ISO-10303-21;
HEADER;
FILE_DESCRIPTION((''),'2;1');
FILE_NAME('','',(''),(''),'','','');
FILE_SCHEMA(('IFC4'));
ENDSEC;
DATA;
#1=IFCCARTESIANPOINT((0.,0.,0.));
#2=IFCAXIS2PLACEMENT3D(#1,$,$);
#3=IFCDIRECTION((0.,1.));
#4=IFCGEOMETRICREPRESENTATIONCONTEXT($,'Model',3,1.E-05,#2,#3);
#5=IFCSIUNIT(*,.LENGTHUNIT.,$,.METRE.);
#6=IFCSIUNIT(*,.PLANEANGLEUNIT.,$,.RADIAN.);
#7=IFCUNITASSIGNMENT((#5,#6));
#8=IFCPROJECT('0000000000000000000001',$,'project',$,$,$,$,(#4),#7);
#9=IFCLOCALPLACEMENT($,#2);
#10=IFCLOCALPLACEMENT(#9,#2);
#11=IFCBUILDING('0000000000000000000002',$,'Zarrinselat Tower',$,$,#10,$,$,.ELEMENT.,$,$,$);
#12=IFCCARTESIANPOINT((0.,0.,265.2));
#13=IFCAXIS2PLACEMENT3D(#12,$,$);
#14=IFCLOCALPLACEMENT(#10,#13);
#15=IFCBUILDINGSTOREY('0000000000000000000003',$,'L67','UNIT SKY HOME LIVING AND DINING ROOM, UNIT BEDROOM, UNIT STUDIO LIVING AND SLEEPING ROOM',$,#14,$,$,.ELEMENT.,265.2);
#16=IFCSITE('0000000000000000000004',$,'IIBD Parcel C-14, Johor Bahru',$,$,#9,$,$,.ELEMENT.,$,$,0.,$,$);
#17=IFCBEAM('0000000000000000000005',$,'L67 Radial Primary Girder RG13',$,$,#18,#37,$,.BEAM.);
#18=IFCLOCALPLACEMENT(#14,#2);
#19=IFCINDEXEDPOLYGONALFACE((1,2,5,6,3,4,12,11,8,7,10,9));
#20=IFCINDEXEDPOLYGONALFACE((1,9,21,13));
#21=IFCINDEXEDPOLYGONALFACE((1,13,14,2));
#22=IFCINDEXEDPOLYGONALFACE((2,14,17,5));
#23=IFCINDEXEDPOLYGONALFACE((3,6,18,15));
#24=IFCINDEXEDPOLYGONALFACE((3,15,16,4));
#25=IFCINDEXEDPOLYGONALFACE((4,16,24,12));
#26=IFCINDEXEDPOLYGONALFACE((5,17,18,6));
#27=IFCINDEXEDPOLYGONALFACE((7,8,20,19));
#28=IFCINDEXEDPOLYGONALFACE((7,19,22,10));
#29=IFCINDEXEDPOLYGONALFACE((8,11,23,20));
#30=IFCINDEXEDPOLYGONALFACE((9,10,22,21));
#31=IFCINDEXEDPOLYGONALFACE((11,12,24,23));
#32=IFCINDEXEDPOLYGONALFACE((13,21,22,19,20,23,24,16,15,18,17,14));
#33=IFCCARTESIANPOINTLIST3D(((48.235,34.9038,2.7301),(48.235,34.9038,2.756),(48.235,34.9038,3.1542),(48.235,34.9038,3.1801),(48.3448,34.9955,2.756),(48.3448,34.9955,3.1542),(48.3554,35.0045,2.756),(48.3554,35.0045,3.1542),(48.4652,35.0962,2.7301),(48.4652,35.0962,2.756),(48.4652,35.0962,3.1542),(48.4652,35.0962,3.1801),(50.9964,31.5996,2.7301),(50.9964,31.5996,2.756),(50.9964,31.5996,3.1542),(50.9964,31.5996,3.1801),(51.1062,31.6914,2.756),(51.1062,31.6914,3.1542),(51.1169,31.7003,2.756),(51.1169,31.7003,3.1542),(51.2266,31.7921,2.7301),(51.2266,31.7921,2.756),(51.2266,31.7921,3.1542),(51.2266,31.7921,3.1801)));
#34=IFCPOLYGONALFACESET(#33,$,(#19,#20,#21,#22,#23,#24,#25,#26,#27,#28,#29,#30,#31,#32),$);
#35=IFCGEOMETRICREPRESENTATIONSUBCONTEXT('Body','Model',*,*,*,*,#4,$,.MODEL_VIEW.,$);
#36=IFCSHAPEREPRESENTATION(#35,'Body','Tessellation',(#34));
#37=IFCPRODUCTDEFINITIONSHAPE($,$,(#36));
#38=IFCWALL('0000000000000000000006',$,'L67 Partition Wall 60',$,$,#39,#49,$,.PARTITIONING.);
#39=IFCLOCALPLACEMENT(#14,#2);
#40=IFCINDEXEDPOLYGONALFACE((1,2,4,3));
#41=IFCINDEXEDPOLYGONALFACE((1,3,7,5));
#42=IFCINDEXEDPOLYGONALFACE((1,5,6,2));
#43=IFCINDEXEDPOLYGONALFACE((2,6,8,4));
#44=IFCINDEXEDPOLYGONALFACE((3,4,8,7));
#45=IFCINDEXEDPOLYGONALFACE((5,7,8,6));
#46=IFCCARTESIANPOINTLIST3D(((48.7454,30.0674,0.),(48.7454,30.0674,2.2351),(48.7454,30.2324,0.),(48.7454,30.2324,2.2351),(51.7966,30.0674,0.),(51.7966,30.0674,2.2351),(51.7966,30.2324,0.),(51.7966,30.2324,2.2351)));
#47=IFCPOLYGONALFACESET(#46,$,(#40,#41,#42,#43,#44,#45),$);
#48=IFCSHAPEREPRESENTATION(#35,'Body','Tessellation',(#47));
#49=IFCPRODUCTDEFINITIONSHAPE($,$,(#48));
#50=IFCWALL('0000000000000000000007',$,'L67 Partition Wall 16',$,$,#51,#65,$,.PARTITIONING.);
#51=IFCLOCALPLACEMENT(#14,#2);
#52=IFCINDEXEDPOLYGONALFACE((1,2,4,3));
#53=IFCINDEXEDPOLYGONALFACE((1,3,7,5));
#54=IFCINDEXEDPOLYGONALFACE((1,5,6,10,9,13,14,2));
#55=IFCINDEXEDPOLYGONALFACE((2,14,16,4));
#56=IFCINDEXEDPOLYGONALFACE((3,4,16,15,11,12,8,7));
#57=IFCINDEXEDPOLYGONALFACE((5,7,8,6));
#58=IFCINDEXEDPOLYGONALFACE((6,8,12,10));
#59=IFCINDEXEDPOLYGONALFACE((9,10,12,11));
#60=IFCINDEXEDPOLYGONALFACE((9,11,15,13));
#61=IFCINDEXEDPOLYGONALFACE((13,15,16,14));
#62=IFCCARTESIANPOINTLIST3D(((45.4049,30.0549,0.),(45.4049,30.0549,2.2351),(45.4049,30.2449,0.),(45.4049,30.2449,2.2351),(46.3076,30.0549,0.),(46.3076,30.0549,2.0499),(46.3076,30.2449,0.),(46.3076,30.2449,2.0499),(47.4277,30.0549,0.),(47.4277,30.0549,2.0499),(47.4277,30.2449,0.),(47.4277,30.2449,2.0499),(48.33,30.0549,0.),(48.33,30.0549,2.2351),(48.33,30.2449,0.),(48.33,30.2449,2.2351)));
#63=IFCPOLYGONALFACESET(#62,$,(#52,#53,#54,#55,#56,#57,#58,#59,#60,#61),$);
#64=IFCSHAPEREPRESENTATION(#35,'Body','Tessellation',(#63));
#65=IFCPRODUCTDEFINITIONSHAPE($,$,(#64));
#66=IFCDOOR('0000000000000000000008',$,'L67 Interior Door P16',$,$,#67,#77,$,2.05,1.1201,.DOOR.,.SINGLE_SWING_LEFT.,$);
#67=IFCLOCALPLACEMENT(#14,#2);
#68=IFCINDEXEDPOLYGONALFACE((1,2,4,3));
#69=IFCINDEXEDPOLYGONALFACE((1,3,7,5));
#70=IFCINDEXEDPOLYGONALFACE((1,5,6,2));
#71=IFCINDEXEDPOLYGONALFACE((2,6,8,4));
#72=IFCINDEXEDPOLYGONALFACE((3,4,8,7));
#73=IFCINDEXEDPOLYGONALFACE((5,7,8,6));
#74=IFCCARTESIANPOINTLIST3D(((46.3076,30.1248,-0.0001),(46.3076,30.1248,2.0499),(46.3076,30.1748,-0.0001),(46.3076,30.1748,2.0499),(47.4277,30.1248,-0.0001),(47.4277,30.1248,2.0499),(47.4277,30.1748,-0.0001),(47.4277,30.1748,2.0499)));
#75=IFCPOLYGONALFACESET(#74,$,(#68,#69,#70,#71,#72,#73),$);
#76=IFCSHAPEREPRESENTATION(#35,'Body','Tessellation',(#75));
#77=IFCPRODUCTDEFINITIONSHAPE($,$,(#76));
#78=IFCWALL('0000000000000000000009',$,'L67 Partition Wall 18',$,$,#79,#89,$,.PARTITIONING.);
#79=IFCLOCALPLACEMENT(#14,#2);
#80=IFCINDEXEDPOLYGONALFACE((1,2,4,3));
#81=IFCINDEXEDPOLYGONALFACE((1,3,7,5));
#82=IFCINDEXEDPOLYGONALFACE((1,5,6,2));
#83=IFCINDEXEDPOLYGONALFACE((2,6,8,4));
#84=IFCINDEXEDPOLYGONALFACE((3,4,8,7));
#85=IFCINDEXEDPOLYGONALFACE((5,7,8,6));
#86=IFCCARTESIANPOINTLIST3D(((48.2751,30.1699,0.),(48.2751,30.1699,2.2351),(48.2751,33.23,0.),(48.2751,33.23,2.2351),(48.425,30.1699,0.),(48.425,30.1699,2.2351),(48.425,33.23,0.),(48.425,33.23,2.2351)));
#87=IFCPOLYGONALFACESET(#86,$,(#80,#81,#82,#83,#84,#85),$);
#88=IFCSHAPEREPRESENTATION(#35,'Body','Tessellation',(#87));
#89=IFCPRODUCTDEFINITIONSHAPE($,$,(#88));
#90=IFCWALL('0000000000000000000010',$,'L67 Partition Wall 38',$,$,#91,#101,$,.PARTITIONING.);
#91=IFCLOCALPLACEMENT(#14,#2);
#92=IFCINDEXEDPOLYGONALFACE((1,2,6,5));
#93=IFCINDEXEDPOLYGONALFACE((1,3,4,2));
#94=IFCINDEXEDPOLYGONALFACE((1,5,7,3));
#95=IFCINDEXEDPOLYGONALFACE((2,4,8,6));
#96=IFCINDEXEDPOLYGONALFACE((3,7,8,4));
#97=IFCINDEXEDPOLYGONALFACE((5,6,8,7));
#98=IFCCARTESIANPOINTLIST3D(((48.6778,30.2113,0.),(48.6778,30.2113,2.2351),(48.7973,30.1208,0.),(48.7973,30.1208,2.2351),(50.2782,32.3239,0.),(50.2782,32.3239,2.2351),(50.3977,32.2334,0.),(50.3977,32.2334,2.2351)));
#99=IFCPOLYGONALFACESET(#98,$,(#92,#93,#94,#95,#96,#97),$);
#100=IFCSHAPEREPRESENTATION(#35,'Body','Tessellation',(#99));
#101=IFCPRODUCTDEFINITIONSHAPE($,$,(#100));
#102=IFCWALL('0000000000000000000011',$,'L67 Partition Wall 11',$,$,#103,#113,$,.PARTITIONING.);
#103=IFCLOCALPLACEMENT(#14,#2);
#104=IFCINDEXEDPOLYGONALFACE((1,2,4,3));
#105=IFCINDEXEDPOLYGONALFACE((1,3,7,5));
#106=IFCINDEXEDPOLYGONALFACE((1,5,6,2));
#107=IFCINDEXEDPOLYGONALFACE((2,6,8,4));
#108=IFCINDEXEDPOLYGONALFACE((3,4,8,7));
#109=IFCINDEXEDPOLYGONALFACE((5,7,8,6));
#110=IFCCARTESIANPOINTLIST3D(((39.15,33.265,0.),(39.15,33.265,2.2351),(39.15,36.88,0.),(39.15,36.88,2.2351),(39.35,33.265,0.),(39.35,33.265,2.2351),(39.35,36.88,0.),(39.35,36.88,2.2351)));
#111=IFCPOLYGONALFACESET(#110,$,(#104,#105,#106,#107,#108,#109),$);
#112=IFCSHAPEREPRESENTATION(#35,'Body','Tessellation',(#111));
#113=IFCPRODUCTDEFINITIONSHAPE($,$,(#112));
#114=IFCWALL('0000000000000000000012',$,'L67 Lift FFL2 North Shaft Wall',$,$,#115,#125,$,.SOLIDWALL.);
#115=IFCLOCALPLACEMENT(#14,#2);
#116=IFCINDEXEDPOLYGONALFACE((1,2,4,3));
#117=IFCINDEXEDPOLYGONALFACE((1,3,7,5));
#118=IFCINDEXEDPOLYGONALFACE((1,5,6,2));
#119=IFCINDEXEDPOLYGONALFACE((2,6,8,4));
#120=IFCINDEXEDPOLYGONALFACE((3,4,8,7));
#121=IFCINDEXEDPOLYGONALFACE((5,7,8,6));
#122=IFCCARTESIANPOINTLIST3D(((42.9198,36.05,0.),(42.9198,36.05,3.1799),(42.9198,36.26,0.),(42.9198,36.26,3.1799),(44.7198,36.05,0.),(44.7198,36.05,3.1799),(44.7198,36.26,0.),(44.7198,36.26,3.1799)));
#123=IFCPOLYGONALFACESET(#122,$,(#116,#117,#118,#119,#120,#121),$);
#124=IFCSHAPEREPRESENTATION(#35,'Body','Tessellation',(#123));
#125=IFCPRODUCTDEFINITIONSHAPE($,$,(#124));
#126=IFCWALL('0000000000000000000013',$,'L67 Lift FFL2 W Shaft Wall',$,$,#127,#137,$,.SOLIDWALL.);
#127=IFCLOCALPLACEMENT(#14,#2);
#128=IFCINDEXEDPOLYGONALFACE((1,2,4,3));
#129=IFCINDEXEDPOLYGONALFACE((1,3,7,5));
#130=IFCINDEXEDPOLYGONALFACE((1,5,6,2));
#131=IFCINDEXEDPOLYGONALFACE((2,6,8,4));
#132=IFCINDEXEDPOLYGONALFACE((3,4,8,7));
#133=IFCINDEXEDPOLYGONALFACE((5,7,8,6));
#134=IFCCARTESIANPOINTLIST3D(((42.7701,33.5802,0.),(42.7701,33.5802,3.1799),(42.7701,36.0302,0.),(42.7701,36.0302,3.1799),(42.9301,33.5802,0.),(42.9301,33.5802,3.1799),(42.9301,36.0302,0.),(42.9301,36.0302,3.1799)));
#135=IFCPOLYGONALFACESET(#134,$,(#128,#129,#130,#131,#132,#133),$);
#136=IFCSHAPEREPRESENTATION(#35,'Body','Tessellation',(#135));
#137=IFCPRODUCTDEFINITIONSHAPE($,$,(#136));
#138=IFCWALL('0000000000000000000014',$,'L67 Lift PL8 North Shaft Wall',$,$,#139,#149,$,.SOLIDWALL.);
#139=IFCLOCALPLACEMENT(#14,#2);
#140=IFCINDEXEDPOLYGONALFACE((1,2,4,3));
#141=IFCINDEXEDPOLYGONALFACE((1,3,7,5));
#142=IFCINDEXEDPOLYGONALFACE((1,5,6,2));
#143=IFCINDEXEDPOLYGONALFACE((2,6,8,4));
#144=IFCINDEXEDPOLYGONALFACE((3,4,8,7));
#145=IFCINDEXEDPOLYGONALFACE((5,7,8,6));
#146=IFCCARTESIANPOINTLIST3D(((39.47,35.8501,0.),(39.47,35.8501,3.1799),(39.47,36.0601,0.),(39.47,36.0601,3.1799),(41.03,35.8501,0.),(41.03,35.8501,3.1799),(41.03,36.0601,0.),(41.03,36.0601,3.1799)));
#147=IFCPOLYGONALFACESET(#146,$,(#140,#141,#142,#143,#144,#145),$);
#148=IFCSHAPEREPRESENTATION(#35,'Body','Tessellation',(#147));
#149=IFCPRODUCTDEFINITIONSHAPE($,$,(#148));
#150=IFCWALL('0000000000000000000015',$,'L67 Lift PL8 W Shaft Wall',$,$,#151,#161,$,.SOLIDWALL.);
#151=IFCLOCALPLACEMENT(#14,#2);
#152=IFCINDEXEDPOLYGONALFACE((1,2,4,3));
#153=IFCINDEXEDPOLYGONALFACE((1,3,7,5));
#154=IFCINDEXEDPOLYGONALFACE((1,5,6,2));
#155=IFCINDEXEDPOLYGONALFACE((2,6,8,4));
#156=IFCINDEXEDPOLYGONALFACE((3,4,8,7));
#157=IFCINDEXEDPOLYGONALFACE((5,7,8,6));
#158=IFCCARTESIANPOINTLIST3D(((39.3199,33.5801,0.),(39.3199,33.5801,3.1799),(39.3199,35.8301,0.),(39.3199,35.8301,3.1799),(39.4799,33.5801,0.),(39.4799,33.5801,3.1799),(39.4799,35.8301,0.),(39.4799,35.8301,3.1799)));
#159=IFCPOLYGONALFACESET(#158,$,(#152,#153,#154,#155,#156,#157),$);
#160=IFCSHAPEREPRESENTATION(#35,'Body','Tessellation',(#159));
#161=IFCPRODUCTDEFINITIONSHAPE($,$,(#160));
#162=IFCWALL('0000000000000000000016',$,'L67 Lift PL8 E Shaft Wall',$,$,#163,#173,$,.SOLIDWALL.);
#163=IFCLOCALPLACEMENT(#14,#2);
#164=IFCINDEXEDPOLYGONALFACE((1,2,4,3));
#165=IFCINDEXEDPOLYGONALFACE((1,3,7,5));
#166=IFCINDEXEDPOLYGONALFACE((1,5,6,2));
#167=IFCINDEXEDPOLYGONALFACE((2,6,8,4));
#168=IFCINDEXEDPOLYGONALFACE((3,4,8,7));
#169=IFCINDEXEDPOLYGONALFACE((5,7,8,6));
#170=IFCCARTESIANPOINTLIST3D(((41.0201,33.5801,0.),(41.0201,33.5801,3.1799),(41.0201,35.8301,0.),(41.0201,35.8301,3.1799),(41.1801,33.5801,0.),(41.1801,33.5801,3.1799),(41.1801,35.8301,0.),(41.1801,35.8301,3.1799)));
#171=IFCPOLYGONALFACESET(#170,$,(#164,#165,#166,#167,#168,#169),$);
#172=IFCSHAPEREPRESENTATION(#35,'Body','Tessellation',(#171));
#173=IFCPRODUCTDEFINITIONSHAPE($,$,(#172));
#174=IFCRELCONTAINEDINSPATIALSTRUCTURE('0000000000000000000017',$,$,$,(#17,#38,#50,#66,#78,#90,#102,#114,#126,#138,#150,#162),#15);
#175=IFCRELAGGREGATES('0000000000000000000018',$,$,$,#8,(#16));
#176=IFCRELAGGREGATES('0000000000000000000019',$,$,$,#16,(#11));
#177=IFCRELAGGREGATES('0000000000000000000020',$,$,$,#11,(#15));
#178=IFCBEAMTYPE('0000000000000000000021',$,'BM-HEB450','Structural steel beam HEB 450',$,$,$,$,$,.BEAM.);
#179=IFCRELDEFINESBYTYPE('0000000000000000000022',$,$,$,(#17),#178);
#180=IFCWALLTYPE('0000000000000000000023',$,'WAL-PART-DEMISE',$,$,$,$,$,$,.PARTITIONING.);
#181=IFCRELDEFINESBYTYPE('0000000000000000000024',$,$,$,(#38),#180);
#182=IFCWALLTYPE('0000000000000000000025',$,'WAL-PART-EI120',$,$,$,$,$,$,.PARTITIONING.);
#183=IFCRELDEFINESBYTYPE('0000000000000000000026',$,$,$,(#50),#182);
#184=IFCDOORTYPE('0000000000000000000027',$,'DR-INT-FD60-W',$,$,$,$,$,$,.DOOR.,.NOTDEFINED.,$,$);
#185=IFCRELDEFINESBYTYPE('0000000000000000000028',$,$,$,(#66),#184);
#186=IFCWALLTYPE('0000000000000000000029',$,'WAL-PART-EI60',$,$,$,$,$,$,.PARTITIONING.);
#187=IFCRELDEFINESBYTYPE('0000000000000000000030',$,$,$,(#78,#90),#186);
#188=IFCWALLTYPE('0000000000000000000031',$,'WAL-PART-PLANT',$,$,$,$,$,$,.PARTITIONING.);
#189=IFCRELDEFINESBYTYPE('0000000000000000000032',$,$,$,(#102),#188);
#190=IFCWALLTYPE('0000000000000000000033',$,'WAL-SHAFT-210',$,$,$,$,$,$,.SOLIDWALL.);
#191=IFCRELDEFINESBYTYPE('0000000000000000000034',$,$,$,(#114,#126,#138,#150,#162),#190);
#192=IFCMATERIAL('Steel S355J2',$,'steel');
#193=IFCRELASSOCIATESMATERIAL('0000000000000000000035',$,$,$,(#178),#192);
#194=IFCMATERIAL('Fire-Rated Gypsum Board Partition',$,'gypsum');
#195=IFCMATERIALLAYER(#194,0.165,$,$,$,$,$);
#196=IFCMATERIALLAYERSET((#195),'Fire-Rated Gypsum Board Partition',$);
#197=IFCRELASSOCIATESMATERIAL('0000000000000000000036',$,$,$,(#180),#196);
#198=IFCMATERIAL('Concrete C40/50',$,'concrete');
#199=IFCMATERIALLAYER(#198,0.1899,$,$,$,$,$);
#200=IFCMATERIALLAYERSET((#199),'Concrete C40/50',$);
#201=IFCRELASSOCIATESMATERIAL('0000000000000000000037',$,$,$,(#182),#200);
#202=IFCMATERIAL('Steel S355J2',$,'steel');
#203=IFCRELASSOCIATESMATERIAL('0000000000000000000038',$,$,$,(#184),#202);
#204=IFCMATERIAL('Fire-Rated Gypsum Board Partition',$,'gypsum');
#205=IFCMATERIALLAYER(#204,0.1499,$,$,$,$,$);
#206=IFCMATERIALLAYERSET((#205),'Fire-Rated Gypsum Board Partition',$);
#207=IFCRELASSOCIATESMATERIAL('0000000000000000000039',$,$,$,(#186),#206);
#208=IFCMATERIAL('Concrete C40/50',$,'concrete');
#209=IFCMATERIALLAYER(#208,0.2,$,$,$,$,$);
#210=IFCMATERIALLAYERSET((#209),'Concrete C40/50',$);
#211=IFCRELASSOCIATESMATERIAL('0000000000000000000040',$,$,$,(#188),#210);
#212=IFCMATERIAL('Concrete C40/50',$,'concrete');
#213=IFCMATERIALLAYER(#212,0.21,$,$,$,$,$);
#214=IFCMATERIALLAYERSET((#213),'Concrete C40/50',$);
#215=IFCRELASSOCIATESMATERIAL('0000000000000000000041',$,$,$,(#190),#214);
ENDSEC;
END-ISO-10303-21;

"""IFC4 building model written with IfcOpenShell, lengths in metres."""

from ifc_helpers import new_model, si_unit, direction, frame, frame_2d, origin, origin_2d, place, context, subcontext, project, spatial, rectangle, i_section, extrude, material, layer, layer_set, material_profile, profile_set, type_object, element, fill, save


model = new_model("IFC4")

# Units and contexts
model_context = context("Model", 3, precision=1e-05, world=origin(), true_north=direction((0.0, 1.0)))
body_context = subcontext(model_context, "Body", "Model", "MODEL_VIEW")
ifc_project = project(units=[si_unit("LENGTHUNIT", "METRE"), si_unit("PLANEANGLEUNIT", "RADIAN")], contexts=[model_context])

# Site, building, storey
site_placement = place(None, origin())
site = spatial("IfcSite", under=ifc_project, at=site_placement, Name="IIBD Parcel C-14, Johor Bahru", CompositionType="ELEMENT", RefElevation=0.0)
building_placement = place(site_placement, origin())
building = spatial("IfcBuilding", under=site, at=building_placement, Name="Zarrinselat Tower", CompositionType="ELEMENT")
storey_placement = place(building_placement, frame((0.0, 0.0, 265.2)))
storey = spatial("IfcBuildingStorey", under=building, at=storey_placement, Name="L67", Description="UNIT SKY HOME LIVING AND DINING ROOM, UNIT BEDROOM, UNIT STUDIO LIVING AND SLEEPING ROOM", CompositionType="ELEMENT", Elevation=265.2)

# Beam
ifc_material_1 = material(Name="Steel S355J2", Category="steel")
ifc_material_profile = material_profile(ifc_material_1, i_section(OverallWidth=0.3, OverallDepth=0.45, WebThickness=0.0139, FlangeThickness=0.0259, at=origin_2d()), Name="HEB 450")
ifc_profile_set = profile_set([ifc_material_profile], Name="Steel S355J2")
beam_type = type_object("IfcBeamType", Name="BM-HEB450", Description="Structural steel beam HEB 450", PredefinedType="BEAM", material=ifc_profile_set)
beam_placement = place(storey_placement, frame((48.3501, 35.0, 2.9551), z_axis=(0.641277, -0.76731, 0.0), x_axis=(0.76731, 0.641277, 0.0)))
element("IfcBeam", 1, at=beam_placement, inside=storey, type_object=beam_type, Name="L67 Radial Primary Girder RG13", PredefinedType="BEAM", context=body_context, shape_type="SweptSolid", body=[
    extrude(i_section(OverallWidth=0.3, OverallDepth=0.45, WebThickness=0.0139, FlangeThickness=0.0259, at=origin_2d()), origin(), (0.0, 0.0, 1.0), 4.3062),
])

# Wall
ifc_material_2 = material(Name="Fire-Rated Gypsum Board Partition", Category="gypsum")
ifc_layer_1 = layer(ifc_material_2, 0.165)
ifc_layer_set_1 = layer_set([ifc_layer_1], Name="Fire-Rated Gypsum Board Partition")
wall_type_1 = type_object("IfcWallType", Name="WAL-PART-DEMISE", PredefinedType="PARTITIONING", material=ifc_layer_set_1)
wall_1_placement = place(storey_placement, frame((48.7454, 30.1499, 0.0), z_axis=(0.0, 0.0, 1.0), x_axis=(1.0, 0.0, 0.0)))
element("IfcWall", 2, at=wall_1_placement, inside=storey, type_object=wall_type_1, Name="L67 Partition Wall 60", PredefinedType="PARTITIONING", context=body_context, shape_type="SweptSolid", body=[
    extrude(rectangle(XDim=3.0513, YDim=0.165, at=frame_2d((1.5256, 0.0))), origin(), (0.0, 0.0, 1.0), 2.2351),
])

# Wall, opening, door
ifc_material_3 = material(Name="Concrete C40/50", Category="concrete")
ifc_layer_2 = layer(ifc_material_3, 0.1899)
ifc_layer_set_2 = layer_set([ifc_layer_2], Name="Concrete C40/50")
wall_type_2 = type_object("IfcWallType", Name="WAL-PART-EI120", PredefinedType="PARTITIONING", material=ifc_layer_set_2)
wall_2_placement = place(storey_placement, frame((45.405, 30.1499, 0.0), z_axis=(0.0, 0.0, 1.0), x_axis=(1.0, 0.0, 0.0)))
wall_2 = element("IfcWall", 3, at=wall_2_placement, inside=storey, type_object=wall_type_2, Name="L67 Partition Wall 16", PredefinedType="PARTITIONING", context=body_context, shape_type="SweptSolid", body=[
    extrude(rectangle(XDim=2.925, YDim=0.1899, at=frame_2d((1.4624, 0.0))), origin(), (0.0, 0.0, 1.0), 2.2351),
])
opening_placement = place(wall_2_placement, frame((0.9026, 0.0, 0.0)))
opening = element("IfcOpeningElement", 4, at=opening_placement, cuts=wall_2, PredefinedType="OPENING", context=body_context, shape_type="SweptSolid", body=[
    extrude(rectangle(XDim=1.1201, YDim=2.05, at=frame_2d((0.5601, 1.0249))), frame((0.0, 0.105, 0.0), z_axis=(0.0, -1.0, 0.0), x_axis=(1.0, 0.0, 0.0)), (0.0, 0.0, 1.0), 0.21),
])
ifc_material_4 = material(Name="Steel S355J2", Category="steel")
door_type = type_object("IfcDoorType", Name="DR-INT-FD60-W", OperationType="NOTDEFINED", PredefinedType="DOOR", material=ifc_material_4)
door_placement = place(opening_placement, origin())
door = element("IfcDoor", 5, at=door_placement, inside=storey, type_object=door_type, Name="L67 Interior Door P16", OperationType="SINGLE_SWING_LEFT", OverallHeight=2.05, OverallWidth=1.1201, PredefinedType="DOOR", context=body_context, shape_type="SweptSolid", body=[
    extrude(rectangle(XDim=1.1201, YDim=2.05, at=frame_2d((0.5601, 1.0249))), frame((0.0, 0.0249, 0.0), z_axis=(0.0, -1.0, 0.0), x_axis=(1.0, 0.0, 0.0)), (0.0, 0.0, 1.0), 0.05),
])
fill(opening, door)

# Walls
ifc_material_5 = material(Name="Fire-Rated Gypsum Board Partition", Category="gypsum")
ifc_layer_3 = layer(ifc_material_5, 0.1499)
ifc_layer_set_3 = layer_set([ifc_layer_3], Name="Fire-Rated Gypsum Board Partition")
wall_type_3 = type_object("IfcWallType", Name="WAL-PART-EI60", PredefinedType="PARTITIONING", material=ifc_layer_set_3)
wall_3_placement = place(storey_placement, frame((48.3501, 30.1699, 0.0), z_axis=(0.0, 0.0, 1.0), x_axis=(0.0, 1.0, 0.0)))
element("IfcWall", 6, at=wall_3_placement, inside=storey, type_object=wall_type_3, Name="L67 Partition Wall 18", PredefinedType="PARTITIONING", context=body_context, shape_type="SweptSolid", body=[
    extrude(rectangle(XDim=3.0601, YDim=0.1499, at=frame_2d((1.53, 0.0))), origin(), (0.0, 0.0, 1.0), 2.2351),
])
wall_4_placement = place(storey_placement, frame((48.7375, 30.166, 0.0), z_axis=(0.0, 0.0, 1.0), x_axis=(0.60384, 0.797106, 0.0)))
element("IfcWall", 7, at=wall_4_placement, inside=storey, type_object=wall_type_3, Name="L67 Partition Wall 38", PredefinedType="PARTITIONING", context=body_context, shape_type="SweptSolid", body=[
    extrude(rectangle(XDim=2.6504, YDim=0.1499, at=frame_2d((1.3252, 0.0))), origin(), (0.0, 0.0, 1.0), 2.2351),
])
ifc_material_6 = material(Name="Concrete C40/50", Category="concrete")
ifc_layer_4 = layer(ifc_material_6, 0.2)
ifc_layer_set_4 = layer_set([ifc_layer_4], Name="Concrete C40/50")
wall_type_4 = type_object("IfcWallType", Name="WAL-PART-PLANT", PredefinedType="PARTITIONING", material=ifc_layer_set_4)
wall_5_placement = place(storey_placement, frame((39.25, 33.2649, 0.0), z_axis=(0.0, 0.0, 1.0), x_axis=(0.0, 1.0, 0.0)))
element("IfcWall", 8, at=wall_5_placement, inside=storey, type_object=wall_type_4, Name="L67 Partition Wall 11", PredefinedType="PARTITIONING", context=body_context, shape_type="SweptSolid", body=[
    extrude(rectangle(XDim=3.615, YDim=0.2, at=frame_2d((1.8076, 0.0))), origin(), (0.0, 0.0, 1.0), 2.2351),
])
ifc_material_7 = material(Name="Concrete C40/50", Category="concrete")
ifc_layer_5 = layer(ifc_material_7, 0.21)
ifc_layer_set_5 = layer_set([ifc_layer_5], Name="Concrete C40/50")
wall_type_5 = type_object("IfcWallType", Name="WAL-SHAFT-210", PredefinedType="SOLIDWALL", material=ifc_layer_set_5)
wall_6_placement = place(storey_placement, frame((42.9199, 36.155, 0.0), z_axis=(0.0, 0.0, 1.0), x_axis=(1.0, 0.0, 0.0)))
element("IfcWall", 9, at=wall_6_placement, inside=storey, type_object=wall_type_5, Name="L67 Lift FFL2 North Shaft Wall", PredefinedType="SOLIDWALL", context=body_context, shape_type="SweptSolid", body=[
    extrude(rectangle(XDim=1.8, YDim=0.21, at=frame_2d((0.8999, 0.0))), origin(), (0.0, 0.0, 1.0), 3.1799),
])
wall_7_placement = place(storey_placement, frame((42.8501, 33.5801, 0.0), z_axis=(0.0, 0.0, 1.0), x_axis=(0.0, 1.0, 0.0)))
element("IfcWall", 10, at=wall_7_placement, inside=storey, type_object=wall_type_5, Name="L67 Lift FFL2 W Shaft Wall", PredefinedType="SOLIDWALL", context=body_context, shape_type="SweptSolid", body=[
    extrude(rectangle(XDim=2.45, YDim=0.1599, at=frame_2d((1.2251, 0.0))), origin(), (0.0, 0.0, 1.0), 3.1799),
])
wall_8_placement = place(storey_placement, frame((39.47, 35.9551, 0.0), z_axis=(0.0, 0.0, 1.0), x_axis=(1.0, 0.0, 0.0)))
element("IfcWall", 11, at=wall_8_placement, inside=storey, type_object=wall_type_5, Name="L67 Lift PL8 North Shaft Wall", PredefinedType="SOLIDWALL", context=body_context, shape_type="SweptSolid", body=[
    extrude(rectangle(XDim=1.5601, YDim=0.21, at=frame_2d((0.78, 0.0))), origin(), (0.0, 0.0, 1.0), 3.1799),
])
for number, where, z_axis, x_axis, name in (
    (12, (39.3999, 33.5801, 0.0), (0.0, 0.0, 1.0), (0.0, 1.0, 0.0), "L67 Lift PL8 W Shaft Wall"),
    (13, (41.1001, 33.5801, 0.0), (0.0, 0.0, 1.0), (0.0, 1.0, 0.0), "L67 Lift PL8 E Shaft Wall"),
):
    element("IfcWall", number, at=place(storey_placement, frame(where, z_axis=z_axis, x_axis=x_axis)), inside=storey, type_object=wall_type_5, Name=name, PredefinedType="SOLIDWALL", context=body_context, shape_type="SweptSolid", body=[
        extrude(rectangle(XDim=2.25, YDim=0.1599, at=frame_2d((1.125, 0.0))), origin(), (0.0, 0.0, 1.0), 3.1799),
    ])

save(model, "model.ifc")
